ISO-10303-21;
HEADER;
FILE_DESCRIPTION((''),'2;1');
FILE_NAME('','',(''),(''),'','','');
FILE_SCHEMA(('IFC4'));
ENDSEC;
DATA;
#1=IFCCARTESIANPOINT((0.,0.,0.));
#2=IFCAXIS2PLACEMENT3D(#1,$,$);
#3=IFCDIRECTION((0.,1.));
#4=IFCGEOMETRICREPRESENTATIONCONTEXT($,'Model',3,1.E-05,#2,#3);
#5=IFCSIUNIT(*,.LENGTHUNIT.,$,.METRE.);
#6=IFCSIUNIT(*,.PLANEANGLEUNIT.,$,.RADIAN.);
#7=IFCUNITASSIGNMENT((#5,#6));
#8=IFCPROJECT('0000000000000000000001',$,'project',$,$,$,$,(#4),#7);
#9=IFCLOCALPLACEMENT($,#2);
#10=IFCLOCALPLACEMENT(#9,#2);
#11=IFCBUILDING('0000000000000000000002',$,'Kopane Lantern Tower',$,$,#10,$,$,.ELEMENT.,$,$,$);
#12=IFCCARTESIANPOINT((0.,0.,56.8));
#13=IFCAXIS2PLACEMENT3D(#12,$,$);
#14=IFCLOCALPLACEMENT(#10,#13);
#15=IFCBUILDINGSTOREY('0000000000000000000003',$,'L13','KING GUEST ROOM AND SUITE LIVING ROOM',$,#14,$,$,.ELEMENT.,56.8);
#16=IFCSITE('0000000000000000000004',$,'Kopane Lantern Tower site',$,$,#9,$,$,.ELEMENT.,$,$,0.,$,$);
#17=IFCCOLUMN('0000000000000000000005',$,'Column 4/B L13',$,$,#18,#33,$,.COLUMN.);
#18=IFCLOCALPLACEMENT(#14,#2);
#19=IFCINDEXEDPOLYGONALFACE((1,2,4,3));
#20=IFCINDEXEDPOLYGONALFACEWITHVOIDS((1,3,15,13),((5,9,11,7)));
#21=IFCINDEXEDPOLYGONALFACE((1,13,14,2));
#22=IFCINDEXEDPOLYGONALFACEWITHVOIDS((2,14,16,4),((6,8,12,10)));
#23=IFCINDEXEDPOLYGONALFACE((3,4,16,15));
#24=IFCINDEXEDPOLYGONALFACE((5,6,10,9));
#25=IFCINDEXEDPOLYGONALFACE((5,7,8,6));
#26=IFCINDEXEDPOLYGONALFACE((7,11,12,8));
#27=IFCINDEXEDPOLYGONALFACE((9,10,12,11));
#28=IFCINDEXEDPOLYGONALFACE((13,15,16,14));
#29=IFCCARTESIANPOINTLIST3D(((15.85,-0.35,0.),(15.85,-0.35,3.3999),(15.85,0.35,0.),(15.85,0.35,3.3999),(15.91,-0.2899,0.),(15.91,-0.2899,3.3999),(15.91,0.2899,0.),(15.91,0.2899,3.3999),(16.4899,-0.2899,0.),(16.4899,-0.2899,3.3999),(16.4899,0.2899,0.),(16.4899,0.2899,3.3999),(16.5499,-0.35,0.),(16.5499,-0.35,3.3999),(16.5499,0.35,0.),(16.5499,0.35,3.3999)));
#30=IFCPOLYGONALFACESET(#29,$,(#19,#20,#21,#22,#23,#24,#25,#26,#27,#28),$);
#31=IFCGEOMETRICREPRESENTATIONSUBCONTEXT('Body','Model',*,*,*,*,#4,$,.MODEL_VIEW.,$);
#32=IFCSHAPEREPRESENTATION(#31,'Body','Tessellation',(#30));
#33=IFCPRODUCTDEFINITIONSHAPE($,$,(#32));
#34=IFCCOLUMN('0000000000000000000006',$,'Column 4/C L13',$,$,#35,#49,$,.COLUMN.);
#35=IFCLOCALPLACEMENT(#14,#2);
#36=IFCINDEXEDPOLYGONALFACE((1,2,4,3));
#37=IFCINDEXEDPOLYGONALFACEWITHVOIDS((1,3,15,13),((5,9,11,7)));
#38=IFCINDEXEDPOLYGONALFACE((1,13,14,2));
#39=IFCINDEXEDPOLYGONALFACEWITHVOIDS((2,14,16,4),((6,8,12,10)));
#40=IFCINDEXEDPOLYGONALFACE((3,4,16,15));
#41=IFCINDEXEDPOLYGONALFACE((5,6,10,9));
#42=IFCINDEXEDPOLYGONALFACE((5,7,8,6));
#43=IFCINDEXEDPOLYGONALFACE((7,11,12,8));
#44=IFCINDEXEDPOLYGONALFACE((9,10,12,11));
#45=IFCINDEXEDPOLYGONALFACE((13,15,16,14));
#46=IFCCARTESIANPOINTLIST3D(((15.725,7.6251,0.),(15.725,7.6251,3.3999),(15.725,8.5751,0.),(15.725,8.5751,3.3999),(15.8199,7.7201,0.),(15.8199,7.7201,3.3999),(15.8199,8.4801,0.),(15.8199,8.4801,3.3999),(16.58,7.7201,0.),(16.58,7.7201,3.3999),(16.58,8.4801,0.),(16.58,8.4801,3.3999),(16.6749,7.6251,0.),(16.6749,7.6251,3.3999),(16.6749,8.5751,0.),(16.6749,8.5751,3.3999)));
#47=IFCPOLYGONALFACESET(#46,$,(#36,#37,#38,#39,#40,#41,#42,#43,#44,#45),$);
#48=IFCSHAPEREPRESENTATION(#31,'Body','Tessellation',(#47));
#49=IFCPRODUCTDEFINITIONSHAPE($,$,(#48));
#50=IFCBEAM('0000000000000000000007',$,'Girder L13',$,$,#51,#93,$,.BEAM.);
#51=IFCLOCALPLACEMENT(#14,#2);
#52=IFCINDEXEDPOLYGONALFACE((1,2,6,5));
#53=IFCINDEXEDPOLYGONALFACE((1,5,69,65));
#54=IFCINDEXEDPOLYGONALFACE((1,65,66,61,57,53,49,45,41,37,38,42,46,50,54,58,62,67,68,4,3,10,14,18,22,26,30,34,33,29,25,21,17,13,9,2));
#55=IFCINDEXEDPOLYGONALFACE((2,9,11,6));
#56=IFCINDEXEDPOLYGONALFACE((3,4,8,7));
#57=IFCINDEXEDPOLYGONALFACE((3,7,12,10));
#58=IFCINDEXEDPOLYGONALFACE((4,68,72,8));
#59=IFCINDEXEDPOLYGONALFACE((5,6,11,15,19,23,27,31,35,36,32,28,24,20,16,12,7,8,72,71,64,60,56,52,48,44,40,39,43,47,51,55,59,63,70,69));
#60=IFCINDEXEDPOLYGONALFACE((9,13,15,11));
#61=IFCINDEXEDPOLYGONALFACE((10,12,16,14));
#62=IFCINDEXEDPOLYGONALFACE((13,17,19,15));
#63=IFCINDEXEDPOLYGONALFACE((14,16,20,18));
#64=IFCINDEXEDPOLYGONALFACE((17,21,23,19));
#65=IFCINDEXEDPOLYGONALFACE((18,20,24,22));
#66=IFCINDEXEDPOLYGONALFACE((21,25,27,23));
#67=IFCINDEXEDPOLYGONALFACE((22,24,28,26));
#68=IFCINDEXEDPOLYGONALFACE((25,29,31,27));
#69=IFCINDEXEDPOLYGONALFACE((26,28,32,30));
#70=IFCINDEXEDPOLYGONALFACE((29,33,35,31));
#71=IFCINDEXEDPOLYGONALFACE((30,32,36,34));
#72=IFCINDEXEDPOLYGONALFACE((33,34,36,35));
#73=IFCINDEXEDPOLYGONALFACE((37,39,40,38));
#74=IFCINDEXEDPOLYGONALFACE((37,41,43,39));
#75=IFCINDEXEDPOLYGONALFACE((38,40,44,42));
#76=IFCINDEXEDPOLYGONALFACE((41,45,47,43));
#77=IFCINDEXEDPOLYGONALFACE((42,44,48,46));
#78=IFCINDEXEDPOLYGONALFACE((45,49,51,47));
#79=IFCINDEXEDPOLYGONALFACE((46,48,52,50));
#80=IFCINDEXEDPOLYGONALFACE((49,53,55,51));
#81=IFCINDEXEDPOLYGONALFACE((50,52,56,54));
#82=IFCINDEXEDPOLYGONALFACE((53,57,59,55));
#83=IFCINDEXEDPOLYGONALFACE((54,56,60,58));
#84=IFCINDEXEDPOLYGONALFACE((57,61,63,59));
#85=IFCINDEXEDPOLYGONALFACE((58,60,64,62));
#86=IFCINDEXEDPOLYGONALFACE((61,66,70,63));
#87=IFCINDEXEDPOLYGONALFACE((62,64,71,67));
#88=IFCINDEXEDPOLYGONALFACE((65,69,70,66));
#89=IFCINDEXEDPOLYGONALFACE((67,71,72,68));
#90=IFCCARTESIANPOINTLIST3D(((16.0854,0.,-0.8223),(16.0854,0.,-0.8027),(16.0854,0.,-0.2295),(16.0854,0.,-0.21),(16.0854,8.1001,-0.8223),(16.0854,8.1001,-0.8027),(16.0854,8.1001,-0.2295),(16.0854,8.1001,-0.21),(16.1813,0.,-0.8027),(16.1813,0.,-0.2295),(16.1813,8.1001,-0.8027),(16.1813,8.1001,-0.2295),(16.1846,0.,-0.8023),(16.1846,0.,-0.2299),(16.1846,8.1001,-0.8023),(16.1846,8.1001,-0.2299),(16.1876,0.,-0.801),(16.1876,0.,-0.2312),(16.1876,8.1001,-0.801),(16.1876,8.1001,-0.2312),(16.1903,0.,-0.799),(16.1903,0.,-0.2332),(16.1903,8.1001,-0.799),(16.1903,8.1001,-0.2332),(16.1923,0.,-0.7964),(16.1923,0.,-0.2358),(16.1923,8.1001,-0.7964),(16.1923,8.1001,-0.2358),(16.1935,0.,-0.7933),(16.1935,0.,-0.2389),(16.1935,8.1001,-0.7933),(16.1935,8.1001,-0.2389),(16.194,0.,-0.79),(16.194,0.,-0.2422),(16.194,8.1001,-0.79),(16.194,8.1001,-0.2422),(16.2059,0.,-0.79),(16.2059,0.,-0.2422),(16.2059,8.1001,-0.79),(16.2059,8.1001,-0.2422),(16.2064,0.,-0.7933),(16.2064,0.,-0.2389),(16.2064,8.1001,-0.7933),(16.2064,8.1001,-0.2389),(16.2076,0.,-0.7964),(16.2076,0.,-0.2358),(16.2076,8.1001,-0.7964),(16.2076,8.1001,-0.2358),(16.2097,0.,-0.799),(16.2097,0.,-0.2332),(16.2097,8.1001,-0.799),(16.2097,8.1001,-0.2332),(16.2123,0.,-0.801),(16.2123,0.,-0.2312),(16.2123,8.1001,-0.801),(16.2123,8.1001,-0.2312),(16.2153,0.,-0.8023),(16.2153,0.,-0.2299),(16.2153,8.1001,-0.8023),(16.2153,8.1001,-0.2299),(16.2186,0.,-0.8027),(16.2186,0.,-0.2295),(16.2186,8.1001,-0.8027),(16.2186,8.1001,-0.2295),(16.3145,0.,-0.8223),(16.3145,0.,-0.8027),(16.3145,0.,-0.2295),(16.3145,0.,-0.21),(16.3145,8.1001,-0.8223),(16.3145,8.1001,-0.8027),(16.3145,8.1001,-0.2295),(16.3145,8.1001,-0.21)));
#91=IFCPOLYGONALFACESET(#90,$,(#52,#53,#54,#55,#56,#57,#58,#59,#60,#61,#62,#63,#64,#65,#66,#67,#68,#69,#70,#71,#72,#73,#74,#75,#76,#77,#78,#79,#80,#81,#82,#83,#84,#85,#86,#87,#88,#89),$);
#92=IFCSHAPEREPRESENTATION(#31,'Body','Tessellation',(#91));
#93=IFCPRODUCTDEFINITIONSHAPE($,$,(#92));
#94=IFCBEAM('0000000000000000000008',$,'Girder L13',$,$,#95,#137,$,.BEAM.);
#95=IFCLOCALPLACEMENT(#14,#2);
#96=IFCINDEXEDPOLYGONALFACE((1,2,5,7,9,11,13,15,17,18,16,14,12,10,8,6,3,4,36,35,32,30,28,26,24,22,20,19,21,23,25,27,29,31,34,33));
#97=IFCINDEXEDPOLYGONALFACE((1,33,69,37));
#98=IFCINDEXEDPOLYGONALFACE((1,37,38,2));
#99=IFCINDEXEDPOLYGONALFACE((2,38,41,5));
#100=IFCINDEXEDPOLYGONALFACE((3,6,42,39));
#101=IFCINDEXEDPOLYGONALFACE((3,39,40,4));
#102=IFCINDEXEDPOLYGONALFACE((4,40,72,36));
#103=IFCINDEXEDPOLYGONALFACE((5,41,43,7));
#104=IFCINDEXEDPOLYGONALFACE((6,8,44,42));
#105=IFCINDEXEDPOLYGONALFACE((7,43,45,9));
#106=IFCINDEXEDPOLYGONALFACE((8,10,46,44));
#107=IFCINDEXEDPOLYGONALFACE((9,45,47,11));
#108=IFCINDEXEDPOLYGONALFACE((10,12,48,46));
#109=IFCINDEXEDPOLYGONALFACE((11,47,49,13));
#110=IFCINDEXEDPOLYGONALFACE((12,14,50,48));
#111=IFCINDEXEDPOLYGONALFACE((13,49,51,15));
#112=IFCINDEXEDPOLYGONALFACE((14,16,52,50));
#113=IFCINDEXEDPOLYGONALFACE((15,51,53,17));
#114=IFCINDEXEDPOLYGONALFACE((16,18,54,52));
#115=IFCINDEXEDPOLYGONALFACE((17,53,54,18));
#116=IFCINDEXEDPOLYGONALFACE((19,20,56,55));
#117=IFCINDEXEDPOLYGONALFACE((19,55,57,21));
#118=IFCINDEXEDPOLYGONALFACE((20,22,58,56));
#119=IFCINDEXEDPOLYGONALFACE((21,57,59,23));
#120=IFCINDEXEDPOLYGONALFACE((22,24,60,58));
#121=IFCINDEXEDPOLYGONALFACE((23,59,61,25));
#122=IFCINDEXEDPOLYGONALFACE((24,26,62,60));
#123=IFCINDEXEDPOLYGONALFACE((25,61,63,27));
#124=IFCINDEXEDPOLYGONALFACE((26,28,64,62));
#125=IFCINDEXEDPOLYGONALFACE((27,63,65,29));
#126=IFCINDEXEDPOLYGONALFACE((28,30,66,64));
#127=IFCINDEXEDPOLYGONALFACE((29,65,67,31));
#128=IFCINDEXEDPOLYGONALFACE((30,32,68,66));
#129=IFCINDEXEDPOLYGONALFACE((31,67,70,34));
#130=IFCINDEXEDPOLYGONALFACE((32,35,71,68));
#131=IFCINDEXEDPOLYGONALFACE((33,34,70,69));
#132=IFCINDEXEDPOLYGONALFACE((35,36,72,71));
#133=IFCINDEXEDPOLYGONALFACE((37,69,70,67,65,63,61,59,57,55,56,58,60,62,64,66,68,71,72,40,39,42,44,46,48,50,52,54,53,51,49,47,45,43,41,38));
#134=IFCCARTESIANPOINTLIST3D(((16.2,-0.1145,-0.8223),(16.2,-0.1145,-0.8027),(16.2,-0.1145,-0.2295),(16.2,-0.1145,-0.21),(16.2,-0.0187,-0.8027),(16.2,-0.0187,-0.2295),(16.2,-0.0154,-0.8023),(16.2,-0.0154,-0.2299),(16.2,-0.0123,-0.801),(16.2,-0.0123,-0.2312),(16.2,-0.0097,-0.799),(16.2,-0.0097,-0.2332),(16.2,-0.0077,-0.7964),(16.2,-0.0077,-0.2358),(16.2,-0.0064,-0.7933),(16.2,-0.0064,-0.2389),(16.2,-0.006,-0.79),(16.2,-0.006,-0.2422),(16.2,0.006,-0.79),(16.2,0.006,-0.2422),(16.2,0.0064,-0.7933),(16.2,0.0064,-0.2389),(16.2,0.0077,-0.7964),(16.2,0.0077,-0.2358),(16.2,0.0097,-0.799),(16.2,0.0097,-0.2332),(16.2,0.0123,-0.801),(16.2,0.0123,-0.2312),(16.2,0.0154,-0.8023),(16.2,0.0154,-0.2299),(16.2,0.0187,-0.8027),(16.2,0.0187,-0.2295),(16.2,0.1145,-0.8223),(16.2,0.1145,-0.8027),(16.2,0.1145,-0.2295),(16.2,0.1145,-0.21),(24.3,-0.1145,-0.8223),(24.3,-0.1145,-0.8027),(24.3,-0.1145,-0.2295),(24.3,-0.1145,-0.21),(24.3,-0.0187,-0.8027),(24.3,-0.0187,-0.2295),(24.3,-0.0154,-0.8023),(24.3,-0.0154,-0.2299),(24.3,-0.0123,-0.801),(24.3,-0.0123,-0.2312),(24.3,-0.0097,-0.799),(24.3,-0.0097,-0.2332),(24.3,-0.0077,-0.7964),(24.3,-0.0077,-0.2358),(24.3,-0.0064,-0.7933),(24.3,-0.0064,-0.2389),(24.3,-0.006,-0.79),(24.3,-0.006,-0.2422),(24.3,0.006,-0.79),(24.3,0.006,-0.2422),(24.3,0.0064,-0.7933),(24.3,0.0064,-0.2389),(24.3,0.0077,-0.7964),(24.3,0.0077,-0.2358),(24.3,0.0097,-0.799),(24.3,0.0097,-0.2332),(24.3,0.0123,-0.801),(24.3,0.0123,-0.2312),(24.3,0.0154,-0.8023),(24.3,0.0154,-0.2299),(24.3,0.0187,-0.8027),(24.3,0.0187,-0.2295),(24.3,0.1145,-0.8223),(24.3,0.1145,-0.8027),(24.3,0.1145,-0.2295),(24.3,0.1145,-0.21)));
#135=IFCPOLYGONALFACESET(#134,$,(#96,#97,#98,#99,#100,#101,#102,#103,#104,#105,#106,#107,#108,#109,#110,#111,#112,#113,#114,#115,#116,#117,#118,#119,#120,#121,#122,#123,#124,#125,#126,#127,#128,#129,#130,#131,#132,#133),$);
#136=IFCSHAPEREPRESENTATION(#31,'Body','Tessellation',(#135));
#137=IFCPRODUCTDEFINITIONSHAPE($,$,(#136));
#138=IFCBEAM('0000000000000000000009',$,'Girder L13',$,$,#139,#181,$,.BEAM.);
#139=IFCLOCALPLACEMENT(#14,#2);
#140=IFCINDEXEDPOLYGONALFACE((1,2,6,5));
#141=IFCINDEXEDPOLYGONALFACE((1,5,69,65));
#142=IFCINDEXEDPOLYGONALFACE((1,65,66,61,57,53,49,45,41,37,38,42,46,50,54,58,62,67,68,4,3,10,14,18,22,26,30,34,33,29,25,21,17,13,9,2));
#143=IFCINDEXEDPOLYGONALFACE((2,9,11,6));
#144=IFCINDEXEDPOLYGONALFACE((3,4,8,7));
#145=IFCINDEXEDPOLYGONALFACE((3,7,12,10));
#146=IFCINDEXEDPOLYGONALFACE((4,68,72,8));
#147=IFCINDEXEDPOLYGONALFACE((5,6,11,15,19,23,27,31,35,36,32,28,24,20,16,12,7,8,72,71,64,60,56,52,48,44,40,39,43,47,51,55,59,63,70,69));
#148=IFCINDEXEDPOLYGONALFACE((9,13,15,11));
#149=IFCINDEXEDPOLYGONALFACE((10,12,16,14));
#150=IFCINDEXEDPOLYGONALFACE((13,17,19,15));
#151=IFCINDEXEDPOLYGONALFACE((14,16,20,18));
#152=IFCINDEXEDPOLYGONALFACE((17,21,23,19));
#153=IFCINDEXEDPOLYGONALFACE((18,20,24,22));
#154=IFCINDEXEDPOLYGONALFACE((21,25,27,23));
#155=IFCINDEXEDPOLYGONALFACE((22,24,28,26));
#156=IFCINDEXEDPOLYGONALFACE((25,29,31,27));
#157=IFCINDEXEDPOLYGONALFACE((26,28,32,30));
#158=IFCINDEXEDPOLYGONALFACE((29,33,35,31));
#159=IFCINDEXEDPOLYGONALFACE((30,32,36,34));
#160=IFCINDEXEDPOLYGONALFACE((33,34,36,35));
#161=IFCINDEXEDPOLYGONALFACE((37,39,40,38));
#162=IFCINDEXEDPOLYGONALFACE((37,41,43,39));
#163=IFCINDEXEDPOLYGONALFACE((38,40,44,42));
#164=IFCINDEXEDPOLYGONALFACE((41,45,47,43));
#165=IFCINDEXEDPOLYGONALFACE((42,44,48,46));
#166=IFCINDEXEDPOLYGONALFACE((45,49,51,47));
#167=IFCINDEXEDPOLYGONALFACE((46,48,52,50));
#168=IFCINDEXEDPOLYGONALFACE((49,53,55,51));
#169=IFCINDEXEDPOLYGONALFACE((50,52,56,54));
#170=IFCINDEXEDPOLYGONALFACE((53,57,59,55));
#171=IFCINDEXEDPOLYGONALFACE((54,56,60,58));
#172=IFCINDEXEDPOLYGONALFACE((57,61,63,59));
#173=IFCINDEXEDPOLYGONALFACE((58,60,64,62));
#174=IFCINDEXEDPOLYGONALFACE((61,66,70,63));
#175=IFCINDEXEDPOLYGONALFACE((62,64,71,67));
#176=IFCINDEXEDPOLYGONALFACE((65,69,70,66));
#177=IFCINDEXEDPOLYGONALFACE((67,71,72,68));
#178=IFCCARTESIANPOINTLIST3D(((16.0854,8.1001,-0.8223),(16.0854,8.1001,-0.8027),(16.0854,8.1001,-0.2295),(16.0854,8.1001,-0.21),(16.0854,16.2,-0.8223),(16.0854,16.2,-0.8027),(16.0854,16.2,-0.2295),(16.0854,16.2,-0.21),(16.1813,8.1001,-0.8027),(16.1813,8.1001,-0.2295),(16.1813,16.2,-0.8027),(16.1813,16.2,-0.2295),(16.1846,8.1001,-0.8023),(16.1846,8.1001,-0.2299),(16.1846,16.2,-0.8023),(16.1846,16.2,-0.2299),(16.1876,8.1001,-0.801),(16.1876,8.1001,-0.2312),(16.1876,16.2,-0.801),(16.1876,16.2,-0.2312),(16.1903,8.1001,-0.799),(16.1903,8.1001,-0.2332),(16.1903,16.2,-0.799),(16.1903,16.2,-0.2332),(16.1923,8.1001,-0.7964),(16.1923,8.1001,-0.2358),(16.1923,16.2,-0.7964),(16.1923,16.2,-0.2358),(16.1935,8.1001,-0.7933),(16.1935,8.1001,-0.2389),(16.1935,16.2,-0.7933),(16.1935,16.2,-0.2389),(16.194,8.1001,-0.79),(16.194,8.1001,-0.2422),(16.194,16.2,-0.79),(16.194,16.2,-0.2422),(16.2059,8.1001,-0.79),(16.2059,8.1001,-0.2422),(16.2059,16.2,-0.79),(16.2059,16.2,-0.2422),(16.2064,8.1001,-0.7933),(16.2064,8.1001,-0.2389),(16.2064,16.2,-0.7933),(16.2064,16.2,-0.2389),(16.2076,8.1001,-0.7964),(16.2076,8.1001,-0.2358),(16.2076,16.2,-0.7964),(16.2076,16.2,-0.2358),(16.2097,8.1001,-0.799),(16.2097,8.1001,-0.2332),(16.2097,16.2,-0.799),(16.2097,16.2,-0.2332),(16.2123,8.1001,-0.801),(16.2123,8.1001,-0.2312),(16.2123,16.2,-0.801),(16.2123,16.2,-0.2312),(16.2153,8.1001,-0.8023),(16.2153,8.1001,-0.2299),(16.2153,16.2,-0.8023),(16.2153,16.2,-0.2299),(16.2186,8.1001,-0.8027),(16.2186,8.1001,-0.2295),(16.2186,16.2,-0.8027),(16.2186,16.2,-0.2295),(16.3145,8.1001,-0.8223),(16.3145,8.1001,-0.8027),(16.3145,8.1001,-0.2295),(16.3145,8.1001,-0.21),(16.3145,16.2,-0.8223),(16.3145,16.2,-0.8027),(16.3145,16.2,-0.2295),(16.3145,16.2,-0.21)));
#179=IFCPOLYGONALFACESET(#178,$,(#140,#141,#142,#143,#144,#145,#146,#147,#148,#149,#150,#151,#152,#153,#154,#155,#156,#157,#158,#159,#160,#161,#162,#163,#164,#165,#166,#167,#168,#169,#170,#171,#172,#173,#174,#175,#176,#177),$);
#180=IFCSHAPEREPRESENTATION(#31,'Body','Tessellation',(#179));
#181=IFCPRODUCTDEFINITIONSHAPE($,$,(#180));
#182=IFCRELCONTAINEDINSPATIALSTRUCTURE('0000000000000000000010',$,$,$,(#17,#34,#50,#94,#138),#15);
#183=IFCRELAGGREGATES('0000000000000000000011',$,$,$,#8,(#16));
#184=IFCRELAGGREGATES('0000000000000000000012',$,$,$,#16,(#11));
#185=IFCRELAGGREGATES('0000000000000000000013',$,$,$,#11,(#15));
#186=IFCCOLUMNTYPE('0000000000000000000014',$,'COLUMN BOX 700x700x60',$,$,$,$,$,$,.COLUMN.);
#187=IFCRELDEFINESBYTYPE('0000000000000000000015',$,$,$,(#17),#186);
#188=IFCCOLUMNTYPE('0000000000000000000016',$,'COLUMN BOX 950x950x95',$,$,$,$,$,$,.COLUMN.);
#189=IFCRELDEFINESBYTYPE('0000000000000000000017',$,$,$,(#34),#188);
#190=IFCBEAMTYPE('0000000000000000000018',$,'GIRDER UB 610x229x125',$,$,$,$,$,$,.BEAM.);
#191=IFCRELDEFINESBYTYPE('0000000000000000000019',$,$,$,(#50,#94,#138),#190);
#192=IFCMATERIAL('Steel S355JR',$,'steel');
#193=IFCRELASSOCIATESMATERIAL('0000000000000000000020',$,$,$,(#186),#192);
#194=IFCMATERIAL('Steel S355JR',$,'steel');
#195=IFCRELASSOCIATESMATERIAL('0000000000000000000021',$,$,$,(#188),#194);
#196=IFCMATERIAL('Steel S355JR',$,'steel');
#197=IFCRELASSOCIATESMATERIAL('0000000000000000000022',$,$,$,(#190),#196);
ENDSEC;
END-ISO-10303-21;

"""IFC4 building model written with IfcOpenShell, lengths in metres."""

from ifc_helpers import new_model, si_unit, direction, frame, origin, origin_2d, place, context, subcontext, project, spatial, hollow_rectangle, i_section, extrude, material, material_profile, profile_set, type_object, element, save


model = new_model("IFC4")

# Units and contexts
model_context = context("Model", 3, precision=1e-05, world=origin(), true_north=direction((0.0, 1.0)))
body_context = subcontext(model_context, "Body", "Model", "MODEL_VIEW")
ifc_project = project(units=[si_unit("LENGTHUNIT", "METRE"), si_unit("PLANEANGLEUNIT", "RADIAN")], contexts=[model_context])

# Site, building, storey
site_placement = place(None, origin())
site = spatial("IfcSite", under=ifc_project, at=site_placement, Name="Kopane Lantern Tower site", CompositionType="ELEMENT", RefElevation=0.0)
building_placement = place(site_placement, origin())
building = spatial("IfcBuilding", under=site, at=building_placement, Name="Kopane Lantern Tower", CompositionType="ELEMENT")
storey_placement = place(building_placement, frame((0.0, 0.0, 56.8)))
storey = spatial("IfcBuildingStorey", under=building, at=storey_placement, Name="L13", Description="KING GUEST ROOM AND SUITE LIVING ROOM", CompositionType="ELEMENT", Elevation=56.8)

# Columns
ifc_material_1 = material(Name="Steel S355JR", Category="steel")
ifc_material_profile_1 = material_profile(ifc_material_1, hollow_rectangle(XDim=0.7, YDim=0.7, WallThickness=0.0601, at=origin_2d()), Name="BOX 700x700x60")
ifc_profile_set_1 = profile_set([ifc_material_profile_1], Name="Steel S355JR")
column_type_1 = type_object("IfcColumnType", Name="COLUMN BOX 700x700x60", PredefinedType="COLUMN", material=ifc_profile_set_1)
column_1_placement = place(storey_placement, frame((16.2, 0.0, 0.0), z_axis=(0.0, 0.0, 1.0), x_axis=(1.0, 0.0, 0.0)))
element("IfcColumn", 1, at=column_1_placement, inside=storey, type_object=column_type_1, Name="Column 4/B L13", PredefinedType="COLUMN", context=body_context, shape_type="SweptSolid", body=[
    extrude(hollow_rectangle(XDim=0.7, YDim=0.7, WallThickness=0.0601, at=origin_2d()), origin(), (0.0, 0.0, 1.0), 3.3999),
])
ifc_material_2 = material(Name="Steel S355JR", Category="steel")
ifc_material_profile_2 = material_profile(ifc_material_2, hollow_rectangle(XDim=0.95, YDim=0.95, WallThickness=0.095, at=origin_2d()), Name="BOX 950x950x95")
ifc_profile_set_2 = profile_set([ifc_material_profile_2], Name="Steel S355JR")
column_type_2 = type_object("IfcColumnType", Name="COLUMN BOX 950x950x95", PredefinedType="COLUMN", material=ifc_profile_set_2)
column_2_placement = place(storey_placement, frame((16.2, 8.1001, 0.0), z_axis=(0.0, 0.0, 1.0), x_axis=(1.0, 0.0, 0.0)))
element("IfcColumn", 2, at=column_2_placement, inside=storey, type_object=column_type_2, Name="Column 4/C L13", PredefinedType="COLUMN", context=body_context, shape_type="SweptSolid", body=[
    extrude(hollow_rectangle(XDim=0.95, YDim=0.95, WallThickness=0.095, at=origin_2d()), origin(), (0.0, 0.0, 1.0), 3.3999),
])

# Beams
ifc_material_3 = material(Name="Steel S355JR", Category="steel")
ifc_material_profile_3 = material_profile(ifc_material_3, i_section(OverallWidth=0.229, OverallDepth=0.6123, WebThickness=0.012, FlangeThickness=0.0195, FilletRadius=0.0127, at=origin_2d()), Name="UB 610x229x125")
ifc_profile_set_3 = profile_set([ifc_material_profile_3], Name="Steel S355JR")
beam_type = type_object("IfcBeamType", Name="GIRDER UB 610x229x125", PredefinedType="BEAM", material=ifc_profile_set_3)
for number, where, z_axis, x_axis, name in (
    (3, (16.2, 0.0, -0.5161), (0.0, 1.0, 0.0), (-1.0, 0.0, 0.0), "Girder L13"),
    (4, (16.2, 0.0, -0.5161), (1.0, 0.0, 0.0), (0.0, 1.0, 0.0), "Girder L13"),
):
    element("IfcBeam", number, at=place(storey_placement, frame(where, z_axis=z_axis, x_axis=x_axis)), inside=storey, type_object=beam_type, Name=name, PredefinedType="BEAM", context=body_context, shape_type="SweptSolid", body=[
        extrude(i_section(OverallWidth=0.229, OverallDepth=0.6123, WebThickness=0.012, FlangeThickness=0.0195, FilletRadius=0.0127, at=origin_2d()), origin(), (0.0, 0.0, 1.0), 8.1001),
    ])
beam_placement = place(storey_placement, frame((16.2, 8.1001, -0.5161), z_axis=(0.0, 1.0, 0.0), x_axis=(-1.0, 0.0, 0.0)))
element("IfcBeam", 5, at=beam_placement, inside=storey, type_object=beam_type, Name="Girder L13", PredefinedType="BEAM", context=body_context, shape_type="SweptSolid", body=[
    extrude(i_section(OverallWidth=0.229, OverallDepth=0.6123, WebThickness=0.012, FlangeThickness=0.0195, FilletRadius=0.0127, at=origin_2d()), origin(), (0.0, 0.0, 1.0), 8.0999),
])

save(model, "model.ifc")
